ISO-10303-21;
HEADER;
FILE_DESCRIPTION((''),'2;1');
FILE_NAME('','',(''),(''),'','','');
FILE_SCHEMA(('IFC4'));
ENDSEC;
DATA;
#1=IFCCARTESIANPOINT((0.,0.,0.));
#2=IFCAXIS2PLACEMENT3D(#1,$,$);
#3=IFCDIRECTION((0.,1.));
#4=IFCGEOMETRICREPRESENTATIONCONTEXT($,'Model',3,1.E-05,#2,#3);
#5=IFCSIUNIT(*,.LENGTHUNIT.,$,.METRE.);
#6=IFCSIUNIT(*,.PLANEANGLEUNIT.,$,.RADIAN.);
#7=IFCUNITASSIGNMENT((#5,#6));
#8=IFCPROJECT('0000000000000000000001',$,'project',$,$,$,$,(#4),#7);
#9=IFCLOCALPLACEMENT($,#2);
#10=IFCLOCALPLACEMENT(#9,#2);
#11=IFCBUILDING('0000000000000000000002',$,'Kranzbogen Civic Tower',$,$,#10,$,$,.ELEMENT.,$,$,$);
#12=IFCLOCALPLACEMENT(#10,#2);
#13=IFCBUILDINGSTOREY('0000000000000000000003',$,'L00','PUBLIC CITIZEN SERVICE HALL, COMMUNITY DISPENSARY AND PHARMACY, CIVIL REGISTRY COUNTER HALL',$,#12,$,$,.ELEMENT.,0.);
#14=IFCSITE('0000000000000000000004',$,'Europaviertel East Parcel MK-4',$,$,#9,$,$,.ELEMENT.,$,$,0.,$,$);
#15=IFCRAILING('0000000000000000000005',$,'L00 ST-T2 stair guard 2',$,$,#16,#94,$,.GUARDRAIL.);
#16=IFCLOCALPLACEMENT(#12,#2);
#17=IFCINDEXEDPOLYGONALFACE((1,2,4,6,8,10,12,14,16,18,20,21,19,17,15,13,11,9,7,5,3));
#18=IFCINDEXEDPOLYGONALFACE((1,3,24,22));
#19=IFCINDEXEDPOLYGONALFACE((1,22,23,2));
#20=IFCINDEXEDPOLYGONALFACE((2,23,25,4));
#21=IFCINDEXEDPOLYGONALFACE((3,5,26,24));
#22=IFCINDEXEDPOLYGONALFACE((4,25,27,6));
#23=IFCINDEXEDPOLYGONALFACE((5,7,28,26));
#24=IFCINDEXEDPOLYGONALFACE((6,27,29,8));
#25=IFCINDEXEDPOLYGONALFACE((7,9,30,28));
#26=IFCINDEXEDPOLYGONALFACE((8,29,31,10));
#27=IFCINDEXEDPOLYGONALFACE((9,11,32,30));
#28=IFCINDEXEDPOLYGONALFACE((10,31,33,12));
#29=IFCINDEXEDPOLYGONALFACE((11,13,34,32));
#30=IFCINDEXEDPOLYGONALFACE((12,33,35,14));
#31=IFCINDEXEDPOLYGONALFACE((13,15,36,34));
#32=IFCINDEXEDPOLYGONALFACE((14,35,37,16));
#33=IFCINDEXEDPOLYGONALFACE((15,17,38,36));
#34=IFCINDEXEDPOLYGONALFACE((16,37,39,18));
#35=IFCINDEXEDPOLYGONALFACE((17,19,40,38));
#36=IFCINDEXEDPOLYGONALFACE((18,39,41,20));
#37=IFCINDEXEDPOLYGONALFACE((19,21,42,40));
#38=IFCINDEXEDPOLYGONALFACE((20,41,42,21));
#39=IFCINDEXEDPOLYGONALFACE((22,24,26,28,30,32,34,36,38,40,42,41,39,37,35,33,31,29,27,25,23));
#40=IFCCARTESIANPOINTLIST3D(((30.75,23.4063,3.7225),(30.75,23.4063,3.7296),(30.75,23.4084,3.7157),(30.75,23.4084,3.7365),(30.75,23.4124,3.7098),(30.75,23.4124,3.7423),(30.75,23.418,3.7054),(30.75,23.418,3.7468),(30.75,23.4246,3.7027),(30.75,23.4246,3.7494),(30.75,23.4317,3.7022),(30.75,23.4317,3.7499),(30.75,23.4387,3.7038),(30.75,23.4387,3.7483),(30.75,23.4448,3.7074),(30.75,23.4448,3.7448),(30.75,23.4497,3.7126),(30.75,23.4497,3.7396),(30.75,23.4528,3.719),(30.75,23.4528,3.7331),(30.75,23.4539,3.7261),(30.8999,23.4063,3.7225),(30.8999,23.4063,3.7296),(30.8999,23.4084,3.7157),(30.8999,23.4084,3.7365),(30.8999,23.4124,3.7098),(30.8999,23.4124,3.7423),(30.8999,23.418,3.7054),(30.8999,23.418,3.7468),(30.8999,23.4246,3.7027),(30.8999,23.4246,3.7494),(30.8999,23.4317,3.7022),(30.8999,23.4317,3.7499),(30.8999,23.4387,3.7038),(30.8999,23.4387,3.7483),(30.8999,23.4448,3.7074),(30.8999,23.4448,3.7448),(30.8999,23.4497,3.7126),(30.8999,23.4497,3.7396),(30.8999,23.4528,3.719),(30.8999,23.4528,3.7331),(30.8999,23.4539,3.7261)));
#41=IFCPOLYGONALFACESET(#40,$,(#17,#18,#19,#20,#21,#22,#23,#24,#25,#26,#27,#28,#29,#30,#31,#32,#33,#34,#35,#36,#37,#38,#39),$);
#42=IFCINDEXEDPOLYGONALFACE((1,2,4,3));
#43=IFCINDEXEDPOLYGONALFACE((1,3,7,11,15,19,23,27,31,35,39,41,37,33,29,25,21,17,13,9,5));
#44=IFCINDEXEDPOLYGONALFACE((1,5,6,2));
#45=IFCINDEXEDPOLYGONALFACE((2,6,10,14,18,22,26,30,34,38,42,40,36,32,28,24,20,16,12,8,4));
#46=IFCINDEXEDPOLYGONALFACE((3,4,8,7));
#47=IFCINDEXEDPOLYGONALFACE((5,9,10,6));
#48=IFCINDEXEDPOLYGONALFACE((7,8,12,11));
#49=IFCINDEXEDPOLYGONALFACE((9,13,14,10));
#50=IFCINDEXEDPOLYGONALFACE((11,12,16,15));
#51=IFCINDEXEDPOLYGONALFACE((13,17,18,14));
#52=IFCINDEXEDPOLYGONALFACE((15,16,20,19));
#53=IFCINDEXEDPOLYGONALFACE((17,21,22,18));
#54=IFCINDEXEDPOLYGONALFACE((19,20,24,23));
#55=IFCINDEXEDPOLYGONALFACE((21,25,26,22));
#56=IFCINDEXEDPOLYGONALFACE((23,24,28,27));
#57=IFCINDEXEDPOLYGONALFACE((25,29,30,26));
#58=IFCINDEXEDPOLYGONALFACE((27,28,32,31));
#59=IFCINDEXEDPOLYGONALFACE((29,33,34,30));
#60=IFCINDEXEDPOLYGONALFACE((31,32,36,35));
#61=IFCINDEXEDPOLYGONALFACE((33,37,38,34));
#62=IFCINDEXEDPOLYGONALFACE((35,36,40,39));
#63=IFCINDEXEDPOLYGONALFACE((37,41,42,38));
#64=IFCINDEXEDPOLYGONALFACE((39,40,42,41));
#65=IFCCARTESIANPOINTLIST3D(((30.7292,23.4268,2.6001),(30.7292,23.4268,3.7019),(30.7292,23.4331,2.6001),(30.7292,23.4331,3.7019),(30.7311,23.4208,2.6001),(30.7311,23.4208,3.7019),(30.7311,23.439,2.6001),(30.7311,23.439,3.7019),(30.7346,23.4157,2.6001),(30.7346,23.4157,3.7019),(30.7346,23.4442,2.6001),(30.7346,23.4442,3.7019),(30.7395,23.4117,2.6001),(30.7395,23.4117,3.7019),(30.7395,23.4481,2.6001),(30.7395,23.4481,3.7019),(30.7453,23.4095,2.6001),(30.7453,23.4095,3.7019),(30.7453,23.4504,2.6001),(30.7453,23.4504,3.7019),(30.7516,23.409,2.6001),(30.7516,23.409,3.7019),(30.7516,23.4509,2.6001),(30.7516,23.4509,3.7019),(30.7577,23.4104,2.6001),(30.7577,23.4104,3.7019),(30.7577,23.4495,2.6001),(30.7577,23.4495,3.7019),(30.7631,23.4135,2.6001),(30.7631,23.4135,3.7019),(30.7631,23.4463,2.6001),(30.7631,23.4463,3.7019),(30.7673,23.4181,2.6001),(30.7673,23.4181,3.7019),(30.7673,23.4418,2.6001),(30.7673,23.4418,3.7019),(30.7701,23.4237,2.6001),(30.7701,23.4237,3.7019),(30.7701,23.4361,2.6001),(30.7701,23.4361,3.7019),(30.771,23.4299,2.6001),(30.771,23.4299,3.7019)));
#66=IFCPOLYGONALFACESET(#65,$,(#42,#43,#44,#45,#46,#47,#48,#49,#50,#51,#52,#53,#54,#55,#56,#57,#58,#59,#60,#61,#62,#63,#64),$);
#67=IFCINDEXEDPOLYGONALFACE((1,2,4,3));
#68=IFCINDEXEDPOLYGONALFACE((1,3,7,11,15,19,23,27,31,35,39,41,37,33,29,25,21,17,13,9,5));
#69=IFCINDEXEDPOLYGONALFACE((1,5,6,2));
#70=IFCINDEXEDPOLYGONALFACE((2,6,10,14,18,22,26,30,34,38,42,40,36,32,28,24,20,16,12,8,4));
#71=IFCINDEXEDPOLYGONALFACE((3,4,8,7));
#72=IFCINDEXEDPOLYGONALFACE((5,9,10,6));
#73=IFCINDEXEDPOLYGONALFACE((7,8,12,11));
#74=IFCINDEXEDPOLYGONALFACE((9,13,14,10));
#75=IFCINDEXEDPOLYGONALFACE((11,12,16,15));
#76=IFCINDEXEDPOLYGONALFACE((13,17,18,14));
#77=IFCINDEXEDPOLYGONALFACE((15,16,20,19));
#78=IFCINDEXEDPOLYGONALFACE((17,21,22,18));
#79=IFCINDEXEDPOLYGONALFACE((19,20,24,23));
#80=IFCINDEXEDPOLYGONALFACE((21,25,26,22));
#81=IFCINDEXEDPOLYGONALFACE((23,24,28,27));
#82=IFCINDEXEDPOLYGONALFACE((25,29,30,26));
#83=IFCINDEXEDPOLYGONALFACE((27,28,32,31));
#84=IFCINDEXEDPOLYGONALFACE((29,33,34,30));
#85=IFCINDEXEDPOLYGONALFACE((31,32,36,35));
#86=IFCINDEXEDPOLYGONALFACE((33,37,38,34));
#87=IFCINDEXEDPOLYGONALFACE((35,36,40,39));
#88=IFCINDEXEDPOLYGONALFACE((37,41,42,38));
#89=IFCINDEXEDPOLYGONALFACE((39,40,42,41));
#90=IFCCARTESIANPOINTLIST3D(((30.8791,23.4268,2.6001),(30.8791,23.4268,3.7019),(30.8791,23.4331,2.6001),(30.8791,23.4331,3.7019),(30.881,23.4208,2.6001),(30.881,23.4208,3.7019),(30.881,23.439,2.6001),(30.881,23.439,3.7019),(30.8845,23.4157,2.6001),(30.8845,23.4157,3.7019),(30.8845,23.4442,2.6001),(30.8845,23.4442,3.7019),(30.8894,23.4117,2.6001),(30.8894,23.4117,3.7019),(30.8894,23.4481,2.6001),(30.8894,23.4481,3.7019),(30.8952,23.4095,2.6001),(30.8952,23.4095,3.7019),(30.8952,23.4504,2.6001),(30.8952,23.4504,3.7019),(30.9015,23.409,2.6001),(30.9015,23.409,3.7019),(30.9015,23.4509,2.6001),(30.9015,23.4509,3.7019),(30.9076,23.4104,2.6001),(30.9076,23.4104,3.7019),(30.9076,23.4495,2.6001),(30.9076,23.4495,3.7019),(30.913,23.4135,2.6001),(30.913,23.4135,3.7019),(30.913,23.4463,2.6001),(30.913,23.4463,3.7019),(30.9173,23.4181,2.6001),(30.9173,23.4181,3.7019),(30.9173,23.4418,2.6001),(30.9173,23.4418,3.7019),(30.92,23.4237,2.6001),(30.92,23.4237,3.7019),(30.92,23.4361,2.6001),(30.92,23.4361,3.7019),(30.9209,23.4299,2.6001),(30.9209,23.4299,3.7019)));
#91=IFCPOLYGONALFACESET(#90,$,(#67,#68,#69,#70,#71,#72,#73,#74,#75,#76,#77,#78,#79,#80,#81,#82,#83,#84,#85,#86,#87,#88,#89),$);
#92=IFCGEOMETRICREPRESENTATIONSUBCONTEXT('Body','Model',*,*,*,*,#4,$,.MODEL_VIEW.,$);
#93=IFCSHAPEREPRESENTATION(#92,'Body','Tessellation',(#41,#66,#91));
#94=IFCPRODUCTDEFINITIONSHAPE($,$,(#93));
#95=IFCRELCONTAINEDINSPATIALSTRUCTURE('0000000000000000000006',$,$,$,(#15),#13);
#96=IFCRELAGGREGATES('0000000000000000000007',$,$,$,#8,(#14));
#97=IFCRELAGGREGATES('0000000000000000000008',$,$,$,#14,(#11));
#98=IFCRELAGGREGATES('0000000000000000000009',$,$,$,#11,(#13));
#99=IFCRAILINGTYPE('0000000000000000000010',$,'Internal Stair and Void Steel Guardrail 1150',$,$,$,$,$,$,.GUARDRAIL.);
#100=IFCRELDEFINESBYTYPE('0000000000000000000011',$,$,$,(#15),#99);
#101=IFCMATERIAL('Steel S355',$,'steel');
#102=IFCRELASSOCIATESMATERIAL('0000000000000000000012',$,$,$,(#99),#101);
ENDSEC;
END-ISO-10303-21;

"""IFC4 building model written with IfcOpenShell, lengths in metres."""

from ifc_helpers import new_model, si_unit, direction, frame, origin, origin_2d, place, context, subcontext, project, spatial, circle, extrude, material, type_object, element, save


model = new_model("IFC4")

# Units and contexts
model_context = context("Model", 3, precision=1e-05, world=origin(), true_north=direction((0.0, 1.0)))
body_context = subcontext(model_context, "Body", "Model", "MODEL_VIEW")
ifc_project = project(units=[si_unit("LENGTHUNIT", "METRE"), si_unit("PLANEANGLEUNIT", "RADIAN")], contexts=[model_context])

# Site, building, storey
site_placement = place(None, origin())
site = spatial("IfcSite", under=ifc_project, at=site_placement, Name="Europaviertel East Parcel MK-4", CompositionType="ELEMENT", RefElevation=0.0)
building_placement = place(site_placement, origin())
building = spatial("IfcBuilding", under=site, at=building_placement, Name="Kranzbogen Civic Tower", CompositionType="ELEMENT")
storey_placement = place(building_placement, origin())
storey = spatial("IfcBuildingStorey", under=building, at=storey_placement, Name="L00", Description="PUBLIC CITIZEN SERVICE HALL, COMMUNITY DISPENSARY AND PHARMACY, CIVIL REGISTRY COUNTER HALL", CompositionType="ELEMENT", Elevation=0.0)

# Shared definitions
ifc_material_1 = material(Name="Steel S355", Category="steel")

# Railing
railing_type_1 = type_object("IfcRailingType", Name="Internal Stair and Void Steel Guardrail 1150", PredefinedType="GUARDRAIL", material=ifc_material_1)
railing_1_placement = place(storey_placement, frame((30.75, 23.4299, 2.6001)))
element("IfcRailing", 1, at=railing_1_placement, inside=storey, type_object=railing_type_1, Name="L00 ST-T2 stair guard 2", PredefinedType="GUARDRAIL", context=body_context, shape_type="SweptSolid", body=[
    extrude(circle(Radius=0.0239, at=origin_2d()), frame((0.0, 0.0, 1.126), z_axis=(1.0, 0.0, 0.0), x_axis=(0.0, 1.0, 0.0)), (0.0, 0.0, 1.0), 0.1499),
    extrude(circle(Radius=0.021, at=origin_2d()), origin(), (0.0, 0.0, 1.0), 1.1018),
    extrude(circle(Radius=0.021, at=origin_2d()), frame((0.1499, 0.0, 0.0)), (0.0, 0.0, 1.0), 1.1018),
])

save(model, "model.ifc")
